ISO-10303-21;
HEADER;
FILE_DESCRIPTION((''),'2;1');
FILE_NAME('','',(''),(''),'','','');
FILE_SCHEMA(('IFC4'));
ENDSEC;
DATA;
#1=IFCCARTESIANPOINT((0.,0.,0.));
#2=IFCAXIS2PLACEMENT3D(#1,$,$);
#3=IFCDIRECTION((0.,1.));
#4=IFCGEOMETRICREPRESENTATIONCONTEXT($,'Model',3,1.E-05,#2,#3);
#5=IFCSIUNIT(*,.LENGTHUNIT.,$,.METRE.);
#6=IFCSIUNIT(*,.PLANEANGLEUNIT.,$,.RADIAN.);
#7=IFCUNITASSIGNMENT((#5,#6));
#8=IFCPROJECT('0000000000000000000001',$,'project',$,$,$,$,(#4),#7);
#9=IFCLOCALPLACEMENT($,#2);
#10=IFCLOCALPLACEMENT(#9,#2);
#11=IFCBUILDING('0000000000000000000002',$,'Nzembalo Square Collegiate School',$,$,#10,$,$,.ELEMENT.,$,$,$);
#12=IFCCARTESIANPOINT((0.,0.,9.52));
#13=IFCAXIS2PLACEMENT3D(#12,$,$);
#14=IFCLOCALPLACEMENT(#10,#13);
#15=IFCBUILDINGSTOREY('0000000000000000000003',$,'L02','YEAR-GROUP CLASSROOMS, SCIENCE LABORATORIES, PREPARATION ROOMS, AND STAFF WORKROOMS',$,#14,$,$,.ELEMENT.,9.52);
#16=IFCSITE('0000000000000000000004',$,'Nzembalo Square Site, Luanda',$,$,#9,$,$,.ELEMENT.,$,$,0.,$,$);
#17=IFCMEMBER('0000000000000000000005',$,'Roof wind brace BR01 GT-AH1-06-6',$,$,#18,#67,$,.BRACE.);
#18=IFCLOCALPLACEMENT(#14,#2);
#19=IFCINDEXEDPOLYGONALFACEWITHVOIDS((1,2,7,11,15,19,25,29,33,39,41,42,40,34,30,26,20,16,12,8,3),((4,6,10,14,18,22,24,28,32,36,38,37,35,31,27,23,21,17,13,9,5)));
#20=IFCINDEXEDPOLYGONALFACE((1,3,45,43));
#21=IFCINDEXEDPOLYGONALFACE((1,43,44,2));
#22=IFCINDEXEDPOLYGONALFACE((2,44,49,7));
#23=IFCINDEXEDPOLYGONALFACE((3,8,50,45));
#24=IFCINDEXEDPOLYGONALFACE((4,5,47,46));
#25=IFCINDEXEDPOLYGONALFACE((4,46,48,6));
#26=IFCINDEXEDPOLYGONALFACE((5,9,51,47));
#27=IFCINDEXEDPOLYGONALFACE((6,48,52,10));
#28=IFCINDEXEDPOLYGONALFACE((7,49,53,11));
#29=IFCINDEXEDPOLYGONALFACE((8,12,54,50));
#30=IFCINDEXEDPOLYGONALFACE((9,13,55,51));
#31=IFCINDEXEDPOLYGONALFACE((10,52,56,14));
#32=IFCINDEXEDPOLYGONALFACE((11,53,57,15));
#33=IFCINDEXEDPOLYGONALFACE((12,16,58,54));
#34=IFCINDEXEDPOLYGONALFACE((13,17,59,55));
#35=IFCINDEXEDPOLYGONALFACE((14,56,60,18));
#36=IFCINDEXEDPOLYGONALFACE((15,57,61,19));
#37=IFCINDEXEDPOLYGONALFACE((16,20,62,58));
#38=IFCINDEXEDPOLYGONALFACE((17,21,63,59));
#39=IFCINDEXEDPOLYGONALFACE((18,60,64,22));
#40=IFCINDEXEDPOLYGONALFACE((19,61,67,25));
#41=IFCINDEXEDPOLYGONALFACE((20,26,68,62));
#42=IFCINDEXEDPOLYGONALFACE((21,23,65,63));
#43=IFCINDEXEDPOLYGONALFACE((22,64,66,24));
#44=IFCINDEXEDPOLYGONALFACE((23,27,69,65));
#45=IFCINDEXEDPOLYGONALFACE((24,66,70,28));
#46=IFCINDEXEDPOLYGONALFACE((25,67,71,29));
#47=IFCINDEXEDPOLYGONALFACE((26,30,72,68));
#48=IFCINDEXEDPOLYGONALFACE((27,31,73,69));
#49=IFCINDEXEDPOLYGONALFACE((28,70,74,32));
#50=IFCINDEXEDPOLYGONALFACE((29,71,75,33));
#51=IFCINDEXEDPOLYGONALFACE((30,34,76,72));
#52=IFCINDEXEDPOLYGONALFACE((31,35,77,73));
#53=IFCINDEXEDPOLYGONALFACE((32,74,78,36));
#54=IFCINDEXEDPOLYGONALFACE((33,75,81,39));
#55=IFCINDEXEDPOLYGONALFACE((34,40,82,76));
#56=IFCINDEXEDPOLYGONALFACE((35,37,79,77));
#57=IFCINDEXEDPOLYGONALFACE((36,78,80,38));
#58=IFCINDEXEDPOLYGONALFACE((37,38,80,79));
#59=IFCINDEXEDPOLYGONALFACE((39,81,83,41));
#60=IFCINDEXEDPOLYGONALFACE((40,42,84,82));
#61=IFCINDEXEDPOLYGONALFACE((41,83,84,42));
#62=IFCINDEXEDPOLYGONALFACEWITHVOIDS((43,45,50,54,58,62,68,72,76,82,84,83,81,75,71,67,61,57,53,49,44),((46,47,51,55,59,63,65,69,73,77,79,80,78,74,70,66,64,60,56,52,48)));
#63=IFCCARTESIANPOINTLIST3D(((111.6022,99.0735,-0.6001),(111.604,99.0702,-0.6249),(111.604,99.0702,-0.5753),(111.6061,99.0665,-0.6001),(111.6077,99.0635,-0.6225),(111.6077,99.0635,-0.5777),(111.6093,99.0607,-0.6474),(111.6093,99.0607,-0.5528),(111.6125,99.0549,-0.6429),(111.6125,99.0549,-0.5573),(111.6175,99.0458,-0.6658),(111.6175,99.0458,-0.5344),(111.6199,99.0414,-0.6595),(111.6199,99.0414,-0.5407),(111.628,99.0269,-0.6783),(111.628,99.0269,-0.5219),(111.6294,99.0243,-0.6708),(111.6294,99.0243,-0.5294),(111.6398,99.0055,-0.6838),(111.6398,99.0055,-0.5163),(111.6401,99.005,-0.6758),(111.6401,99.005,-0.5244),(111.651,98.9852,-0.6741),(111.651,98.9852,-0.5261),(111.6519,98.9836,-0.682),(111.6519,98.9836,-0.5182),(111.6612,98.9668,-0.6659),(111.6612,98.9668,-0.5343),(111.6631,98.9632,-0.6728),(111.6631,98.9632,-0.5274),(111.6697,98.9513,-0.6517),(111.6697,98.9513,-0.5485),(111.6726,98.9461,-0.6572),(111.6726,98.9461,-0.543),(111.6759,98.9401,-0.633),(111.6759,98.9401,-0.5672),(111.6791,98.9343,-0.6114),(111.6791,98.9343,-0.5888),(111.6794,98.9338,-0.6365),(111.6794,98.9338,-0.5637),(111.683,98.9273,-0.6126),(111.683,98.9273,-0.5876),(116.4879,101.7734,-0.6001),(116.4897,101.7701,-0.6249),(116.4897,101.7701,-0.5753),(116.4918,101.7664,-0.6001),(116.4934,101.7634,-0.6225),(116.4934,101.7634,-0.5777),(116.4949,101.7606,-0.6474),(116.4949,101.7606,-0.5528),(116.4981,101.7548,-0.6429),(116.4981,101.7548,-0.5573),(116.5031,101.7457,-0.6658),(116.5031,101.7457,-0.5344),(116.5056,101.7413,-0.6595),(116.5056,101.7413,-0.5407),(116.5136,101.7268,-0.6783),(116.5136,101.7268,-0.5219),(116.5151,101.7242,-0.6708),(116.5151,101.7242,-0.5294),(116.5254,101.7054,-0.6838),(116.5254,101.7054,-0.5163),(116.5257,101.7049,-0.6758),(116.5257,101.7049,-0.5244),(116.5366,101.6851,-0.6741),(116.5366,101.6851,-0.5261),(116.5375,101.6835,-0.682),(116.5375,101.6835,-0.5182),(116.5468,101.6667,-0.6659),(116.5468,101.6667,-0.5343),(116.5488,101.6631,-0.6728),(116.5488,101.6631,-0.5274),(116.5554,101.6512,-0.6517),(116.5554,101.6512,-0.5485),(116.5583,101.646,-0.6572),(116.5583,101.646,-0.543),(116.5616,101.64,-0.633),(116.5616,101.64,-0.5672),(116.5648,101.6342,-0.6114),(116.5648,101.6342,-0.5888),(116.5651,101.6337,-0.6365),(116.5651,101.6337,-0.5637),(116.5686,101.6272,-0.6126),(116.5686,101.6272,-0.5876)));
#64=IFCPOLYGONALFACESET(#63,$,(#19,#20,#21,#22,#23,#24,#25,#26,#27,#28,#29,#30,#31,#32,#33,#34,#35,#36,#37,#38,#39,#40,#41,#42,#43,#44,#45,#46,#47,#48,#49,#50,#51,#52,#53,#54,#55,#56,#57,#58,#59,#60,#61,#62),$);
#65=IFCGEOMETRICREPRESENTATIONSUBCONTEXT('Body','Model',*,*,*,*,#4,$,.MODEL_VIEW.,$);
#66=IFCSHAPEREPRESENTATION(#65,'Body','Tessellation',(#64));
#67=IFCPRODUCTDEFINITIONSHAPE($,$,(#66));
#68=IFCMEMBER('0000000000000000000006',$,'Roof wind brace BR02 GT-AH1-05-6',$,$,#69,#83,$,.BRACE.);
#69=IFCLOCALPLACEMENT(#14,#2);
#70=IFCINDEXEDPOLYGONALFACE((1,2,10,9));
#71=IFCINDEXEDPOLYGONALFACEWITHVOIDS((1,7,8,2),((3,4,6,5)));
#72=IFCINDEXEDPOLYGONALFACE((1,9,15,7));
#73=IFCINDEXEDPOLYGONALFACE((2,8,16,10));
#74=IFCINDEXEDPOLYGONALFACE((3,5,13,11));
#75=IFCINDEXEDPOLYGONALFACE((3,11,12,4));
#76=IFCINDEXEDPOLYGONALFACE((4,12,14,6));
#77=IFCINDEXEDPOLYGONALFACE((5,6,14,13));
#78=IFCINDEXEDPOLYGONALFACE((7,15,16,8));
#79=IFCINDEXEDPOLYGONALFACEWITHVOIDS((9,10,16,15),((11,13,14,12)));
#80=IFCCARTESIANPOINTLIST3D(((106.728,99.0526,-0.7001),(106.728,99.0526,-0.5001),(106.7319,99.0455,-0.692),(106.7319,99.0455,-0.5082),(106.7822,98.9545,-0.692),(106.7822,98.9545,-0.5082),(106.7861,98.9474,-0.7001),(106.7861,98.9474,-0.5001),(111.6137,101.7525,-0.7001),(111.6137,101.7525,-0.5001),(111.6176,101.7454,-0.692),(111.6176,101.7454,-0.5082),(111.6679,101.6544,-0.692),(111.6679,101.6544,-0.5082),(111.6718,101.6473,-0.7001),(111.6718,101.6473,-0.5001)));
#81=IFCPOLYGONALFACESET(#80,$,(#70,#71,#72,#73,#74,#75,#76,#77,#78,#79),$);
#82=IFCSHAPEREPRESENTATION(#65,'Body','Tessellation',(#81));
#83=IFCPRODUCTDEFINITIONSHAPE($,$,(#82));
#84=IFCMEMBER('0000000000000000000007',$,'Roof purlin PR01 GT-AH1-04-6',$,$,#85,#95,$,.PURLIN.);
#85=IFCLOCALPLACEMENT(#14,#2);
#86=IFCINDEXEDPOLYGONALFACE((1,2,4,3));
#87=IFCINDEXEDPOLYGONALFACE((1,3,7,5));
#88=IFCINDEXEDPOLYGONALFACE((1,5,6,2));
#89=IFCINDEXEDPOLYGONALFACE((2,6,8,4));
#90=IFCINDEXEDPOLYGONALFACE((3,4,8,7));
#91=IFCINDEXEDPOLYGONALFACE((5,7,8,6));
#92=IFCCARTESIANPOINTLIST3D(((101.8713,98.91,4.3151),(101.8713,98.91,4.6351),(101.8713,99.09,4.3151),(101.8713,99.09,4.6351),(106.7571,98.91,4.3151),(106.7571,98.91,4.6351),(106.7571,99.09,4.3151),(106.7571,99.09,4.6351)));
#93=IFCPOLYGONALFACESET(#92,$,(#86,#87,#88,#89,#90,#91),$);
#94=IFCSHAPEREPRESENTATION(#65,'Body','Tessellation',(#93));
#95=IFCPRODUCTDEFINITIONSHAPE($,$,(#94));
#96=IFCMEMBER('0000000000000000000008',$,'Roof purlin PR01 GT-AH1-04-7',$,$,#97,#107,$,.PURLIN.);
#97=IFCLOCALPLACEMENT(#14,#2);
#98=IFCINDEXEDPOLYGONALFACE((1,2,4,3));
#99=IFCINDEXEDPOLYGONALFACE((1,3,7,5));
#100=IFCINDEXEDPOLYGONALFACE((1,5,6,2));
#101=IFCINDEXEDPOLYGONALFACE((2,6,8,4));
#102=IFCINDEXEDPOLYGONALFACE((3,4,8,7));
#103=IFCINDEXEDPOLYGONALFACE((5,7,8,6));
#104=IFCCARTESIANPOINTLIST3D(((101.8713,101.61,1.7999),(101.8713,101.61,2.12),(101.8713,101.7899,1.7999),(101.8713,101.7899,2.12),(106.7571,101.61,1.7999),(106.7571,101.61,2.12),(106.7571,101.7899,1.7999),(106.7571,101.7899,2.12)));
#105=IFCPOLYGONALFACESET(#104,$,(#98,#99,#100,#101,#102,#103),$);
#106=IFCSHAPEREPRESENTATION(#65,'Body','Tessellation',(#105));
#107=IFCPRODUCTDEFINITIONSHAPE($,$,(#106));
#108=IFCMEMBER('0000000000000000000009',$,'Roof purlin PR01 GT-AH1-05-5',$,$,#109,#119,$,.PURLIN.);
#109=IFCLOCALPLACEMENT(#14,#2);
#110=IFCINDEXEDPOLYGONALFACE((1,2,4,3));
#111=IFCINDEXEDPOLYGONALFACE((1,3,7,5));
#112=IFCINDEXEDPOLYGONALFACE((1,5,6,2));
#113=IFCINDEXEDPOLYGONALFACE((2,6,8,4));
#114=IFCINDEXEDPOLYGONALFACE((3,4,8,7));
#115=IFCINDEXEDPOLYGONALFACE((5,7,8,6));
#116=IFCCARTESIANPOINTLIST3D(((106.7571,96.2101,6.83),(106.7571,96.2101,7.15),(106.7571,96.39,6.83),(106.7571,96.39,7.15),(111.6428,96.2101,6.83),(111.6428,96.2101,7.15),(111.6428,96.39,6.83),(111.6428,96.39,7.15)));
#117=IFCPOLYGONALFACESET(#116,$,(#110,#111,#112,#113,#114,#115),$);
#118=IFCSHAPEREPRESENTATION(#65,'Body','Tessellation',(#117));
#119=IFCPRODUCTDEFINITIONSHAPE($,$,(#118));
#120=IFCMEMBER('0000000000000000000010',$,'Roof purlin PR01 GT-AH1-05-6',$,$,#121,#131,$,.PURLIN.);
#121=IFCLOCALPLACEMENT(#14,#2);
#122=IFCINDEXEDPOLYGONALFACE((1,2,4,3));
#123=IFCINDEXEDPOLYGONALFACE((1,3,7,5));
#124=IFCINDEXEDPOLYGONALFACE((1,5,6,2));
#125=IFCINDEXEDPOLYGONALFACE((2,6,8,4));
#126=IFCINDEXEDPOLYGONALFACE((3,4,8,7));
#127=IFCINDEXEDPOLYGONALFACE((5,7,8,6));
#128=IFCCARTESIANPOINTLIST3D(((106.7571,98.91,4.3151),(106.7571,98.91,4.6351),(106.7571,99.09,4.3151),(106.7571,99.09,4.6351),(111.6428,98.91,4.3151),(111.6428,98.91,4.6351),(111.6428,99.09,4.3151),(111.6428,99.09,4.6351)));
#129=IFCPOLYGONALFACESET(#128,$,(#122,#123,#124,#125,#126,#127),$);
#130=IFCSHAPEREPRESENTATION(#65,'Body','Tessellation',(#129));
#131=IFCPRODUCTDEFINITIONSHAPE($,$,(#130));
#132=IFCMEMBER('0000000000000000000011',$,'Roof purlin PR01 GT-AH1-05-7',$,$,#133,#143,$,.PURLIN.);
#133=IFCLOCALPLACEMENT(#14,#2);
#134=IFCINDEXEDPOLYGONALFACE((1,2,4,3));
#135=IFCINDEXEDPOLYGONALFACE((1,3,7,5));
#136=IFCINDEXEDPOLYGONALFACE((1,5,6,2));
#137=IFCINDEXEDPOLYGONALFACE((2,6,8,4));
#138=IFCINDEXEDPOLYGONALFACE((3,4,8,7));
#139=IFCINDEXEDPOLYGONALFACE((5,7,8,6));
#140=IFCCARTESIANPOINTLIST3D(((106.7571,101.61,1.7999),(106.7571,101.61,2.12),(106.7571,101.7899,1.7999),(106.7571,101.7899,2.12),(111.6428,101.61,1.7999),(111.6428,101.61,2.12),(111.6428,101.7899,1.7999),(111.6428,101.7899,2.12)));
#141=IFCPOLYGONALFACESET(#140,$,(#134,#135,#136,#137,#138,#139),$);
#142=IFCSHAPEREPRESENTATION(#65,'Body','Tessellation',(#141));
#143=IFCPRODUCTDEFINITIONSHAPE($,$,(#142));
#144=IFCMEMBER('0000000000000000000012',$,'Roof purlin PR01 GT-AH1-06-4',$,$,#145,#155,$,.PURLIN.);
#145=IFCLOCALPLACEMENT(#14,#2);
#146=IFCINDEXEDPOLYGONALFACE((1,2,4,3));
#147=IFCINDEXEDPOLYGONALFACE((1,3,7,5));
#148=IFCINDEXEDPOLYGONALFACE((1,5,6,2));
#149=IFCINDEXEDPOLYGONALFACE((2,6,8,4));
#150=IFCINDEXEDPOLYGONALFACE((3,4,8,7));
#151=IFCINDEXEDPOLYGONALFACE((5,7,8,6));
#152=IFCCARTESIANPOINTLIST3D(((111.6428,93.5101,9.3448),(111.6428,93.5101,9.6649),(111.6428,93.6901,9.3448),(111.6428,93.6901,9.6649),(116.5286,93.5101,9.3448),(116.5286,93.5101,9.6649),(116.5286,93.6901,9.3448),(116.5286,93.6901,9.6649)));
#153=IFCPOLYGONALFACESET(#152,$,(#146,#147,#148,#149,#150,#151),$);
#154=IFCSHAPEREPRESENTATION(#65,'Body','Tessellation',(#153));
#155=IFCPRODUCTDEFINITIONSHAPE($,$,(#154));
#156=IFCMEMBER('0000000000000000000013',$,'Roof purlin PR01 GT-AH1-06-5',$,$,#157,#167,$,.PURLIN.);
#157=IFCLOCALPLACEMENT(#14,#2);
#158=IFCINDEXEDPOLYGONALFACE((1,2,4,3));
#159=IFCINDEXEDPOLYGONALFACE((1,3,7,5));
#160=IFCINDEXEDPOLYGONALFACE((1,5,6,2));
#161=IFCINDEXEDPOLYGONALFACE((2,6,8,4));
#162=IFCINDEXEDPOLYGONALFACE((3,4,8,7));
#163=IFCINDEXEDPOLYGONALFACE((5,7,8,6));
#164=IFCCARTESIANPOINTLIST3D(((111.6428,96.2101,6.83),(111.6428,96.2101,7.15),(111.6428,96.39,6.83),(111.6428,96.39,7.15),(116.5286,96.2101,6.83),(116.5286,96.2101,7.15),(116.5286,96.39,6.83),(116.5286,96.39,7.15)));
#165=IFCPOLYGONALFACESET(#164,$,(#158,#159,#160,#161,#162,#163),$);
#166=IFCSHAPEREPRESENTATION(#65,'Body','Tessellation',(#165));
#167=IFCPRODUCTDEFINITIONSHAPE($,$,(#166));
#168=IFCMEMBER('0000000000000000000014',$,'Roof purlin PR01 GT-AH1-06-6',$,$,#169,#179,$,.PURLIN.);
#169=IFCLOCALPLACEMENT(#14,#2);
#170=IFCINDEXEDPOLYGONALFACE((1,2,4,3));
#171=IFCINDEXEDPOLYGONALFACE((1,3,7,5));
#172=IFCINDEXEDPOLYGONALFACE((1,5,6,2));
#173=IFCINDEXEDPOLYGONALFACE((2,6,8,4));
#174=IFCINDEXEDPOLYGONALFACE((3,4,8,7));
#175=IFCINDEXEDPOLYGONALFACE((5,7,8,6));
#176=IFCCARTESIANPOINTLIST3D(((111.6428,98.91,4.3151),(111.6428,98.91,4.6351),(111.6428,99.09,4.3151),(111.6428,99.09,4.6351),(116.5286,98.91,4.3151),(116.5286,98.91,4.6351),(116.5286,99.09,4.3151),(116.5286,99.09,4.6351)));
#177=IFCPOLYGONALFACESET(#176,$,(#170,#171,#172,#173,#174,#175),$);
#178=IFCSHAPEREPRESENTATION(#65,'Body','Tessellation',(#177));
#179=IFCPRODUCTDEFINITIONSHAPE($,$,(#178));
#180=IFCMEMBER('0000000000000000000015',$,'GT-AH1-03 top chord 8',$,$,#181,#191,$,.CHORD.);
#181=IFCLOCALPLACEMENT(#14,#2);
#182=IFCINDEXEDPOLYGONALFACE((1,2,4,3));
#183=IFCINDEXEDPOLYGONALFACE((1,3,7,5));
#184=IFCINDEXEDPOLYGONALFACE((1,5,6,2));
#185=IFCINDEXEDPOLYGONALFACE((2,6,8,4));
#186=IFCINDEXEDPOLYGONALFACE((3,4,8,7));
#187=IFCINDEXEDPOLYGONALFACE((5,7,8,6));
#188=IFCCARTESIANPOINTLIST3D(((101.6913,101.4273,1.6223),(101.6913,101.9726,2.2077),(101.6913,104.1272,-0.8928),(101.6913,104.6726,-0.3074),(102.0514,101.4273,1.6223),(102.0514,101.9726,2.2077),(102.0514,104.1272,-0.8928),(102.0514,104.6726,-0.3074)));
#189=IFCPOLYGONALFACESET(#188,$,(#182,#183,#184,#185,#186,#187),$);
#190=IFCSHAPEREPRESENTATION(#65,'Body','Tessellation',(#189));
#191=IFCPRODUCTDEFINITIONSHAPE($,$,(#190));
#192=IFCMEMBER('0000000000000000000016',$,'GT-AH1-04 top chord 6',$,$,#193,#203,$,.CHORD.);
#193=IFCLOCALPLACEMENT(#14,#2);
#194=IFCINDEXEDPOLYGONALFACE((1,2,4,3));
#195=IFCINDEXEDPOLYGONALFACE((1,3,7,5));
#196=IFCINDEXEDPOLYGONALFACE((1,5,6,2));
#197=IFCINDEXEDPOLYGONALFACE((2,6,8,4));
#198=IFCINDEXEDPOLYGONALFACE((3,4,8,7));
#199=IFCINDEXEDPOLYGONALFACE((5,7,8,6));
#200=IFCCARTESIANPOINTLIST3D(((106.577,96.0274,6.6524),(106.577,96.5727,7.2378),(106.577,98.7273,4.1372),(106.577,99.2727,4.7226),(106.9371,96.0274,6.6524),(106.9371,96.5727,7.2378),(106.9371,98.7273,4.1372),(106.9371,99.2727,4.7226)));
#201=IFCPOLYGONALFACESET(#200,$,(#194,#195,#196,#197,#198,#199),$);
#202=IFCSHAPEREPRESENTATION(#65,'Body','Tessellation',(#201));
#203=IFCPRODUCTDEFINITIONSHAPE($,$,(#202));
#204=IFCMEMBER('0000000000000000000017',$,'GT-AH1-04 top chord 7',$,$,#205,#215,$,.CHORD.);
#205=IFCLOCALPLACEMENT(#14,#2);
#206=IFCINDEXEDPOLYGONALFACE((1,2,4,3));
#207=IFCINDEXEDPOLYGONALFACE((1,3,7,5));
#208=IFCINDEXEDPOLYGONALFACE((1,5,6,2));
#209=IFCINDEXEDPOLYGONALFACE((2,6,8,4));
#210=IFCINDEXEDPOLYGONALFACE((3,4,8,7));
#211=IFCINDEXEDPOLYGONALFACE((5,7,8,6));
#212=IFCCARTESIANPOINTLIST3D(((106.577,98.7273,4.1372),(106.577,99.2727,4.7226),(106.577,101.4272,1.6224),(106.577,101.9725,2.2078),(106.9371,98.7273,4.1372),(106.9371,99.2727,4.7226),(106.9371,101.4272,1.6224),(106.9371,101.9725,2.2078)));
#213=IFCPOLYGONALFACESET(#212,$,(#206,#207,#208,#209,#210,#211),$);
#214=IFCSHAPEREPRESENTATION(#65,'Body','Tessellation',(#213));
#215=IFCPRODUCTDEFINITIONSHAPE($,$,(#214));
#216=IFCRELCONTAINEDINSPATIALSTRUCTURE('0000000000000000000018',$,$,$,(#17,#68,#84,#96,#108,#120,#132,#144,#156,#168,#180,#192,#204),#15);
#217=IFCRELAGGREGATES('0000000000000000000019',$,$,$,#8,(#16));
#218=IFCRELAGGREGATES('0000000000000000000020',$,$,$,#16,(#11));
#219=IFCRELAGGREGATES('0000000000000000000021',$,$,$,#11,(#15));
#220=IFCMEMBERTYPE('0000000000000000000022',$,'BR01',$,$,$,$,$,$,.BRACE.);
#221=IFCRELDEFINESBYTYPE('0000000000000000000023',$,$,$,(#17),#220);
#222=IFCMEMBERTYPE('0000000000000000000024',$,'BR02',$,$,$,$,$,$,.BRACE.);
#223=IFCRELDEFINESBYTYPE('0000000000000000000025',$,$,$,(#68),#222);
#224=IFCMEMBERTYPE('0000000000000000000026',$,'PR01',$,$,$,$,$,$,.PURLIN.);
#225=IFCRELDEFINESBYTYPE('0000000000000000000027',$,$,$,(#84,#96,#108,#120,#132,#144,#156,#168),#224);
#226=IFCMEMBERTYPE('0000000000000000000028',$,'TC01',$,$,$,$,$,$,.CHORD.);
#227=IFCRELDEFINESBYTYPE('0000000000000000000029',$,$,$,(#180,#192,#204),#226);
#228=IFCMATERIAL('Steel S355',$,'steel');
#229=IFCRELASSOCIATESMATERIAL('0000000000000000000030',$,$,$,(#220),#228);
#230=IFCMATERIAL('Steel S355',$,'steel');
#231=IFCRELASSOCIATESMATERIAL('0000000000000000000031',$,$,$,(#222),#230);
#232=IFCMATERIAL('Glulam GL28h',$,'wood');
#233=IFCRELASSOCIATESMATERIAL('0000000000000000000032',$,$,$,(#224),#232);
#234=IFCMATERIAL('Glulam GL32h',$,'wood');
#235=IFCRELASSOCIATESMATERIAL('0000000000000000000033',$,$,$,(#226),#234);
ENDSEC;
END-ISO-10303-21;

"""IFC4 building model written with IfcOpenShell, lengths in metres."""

from ifc_helpers import new_model, si_unit, direction, frame, origin, origin_2d, place, context, subcontext, project, spatial, rectangle, hollow_rectangle, hollow_circle, extrude, material, material_profile, profile_set, type_object, element, save


model = new_model("IFC4")

# Units and contexts
model_context = context("Model", 3, precision=1e-05, world=origin(), true_north=direction((0.0, 1.0)))
body_context = subcontext(model_context, "Body", "Model", "MODEL_VIEW")
ifc_project = project(units=[si_unit("LENGTHUNIT", "METRE"), si_unit("PLANEANGLEUNIT", "RADIAN")], contexts=[model_context])

# Site, building, storey
site_placement = place(None, origin())
site = spatial("IfcSite", under=ifc_project, at=site_placement, Name="Nzembalo Square Site, Luanda", CompositionType="ELEMENT", RefElevation=0.0)
building_placement = place(site_placement, origin())
building = spatial("IfcBuilding", under=site, at=building_placement, Name="Nzembalo Square Collegiate School", CompositionType="ELEMENT")
storey_placement = place(building_placement, frame((0.0, 0.0, 9.52)))
storey = spatial("IfcBuildingStorey", under=building, at=storey_placement, Name="L02", Description="YEAR-GROUP CLASSROOMS, SCIENCE LABORATORIES, PREPARATION ROOMS, AND STAFF WORKROOMS", CompositionType="ELEMENT", Elevation=9.52)

# Members
ifc_material_1 = material(Name="Steel S355", Category="steel")
ifc_material_profile_1 = material_profile(ifc_material_1, hollow_circle(Radius=0.084, WallThickness=0.0081, at=origin_2d()), Name="CHS 168x8")
ifc_profile_set_1 = profile_set([ifc_material_profile_1], Name="Steel S355")
member_type_1 = type_object("IfcMemberType", Name="BR01", PredefinedType="BRACE", material=ifc_profile_set_1)
member_1_placement = place(storey_placement, frame((111.6428, 99.0, -0.6001), z_axis=(0.875246, 0.483677, 0.0), x_axis=(-0.483677, 0.875246, 0.0)))
element("IfcMember", 1, at=member_1_placement, inside=storey, type_object=member_type_1, Name="Roof wind brace BR01 GT-AH1-06-6", PredefinedType="BRACE", context=body_context, shape_type="SweptSolid", body=[
    extrude(hollow_circle(Radius=0.084, WallThickness=0.0081, at=origin_2d()), origin(), (0.0, 0.0, 1.0), 5.582),
])
ifc_material_2 = material(Name="Steel S355", Category="steel")
ifc_material_profile_2 = material_profile(ifc_material_2, hollow_rectangle(XDim=0.1201, YDim=0.2, WallThickness=0.0081, at=origin_2d()), Name="RHS 200x120x8")
ifc_profile_set_2 = profile_set([ifc_material_profile_2], Name="Steel S355")
member_type_2 = type_object("IfcMemberType", Name="BR02", PredefinedType="BRACE", material=ifc_profile_set_2)
member_2_placement = place(storey_placement, frame((106.7571, 99.0, -0.6001), z_axis=(0.875246, 0.483677, 0.0), x_axis=(-0.483677, 0.875246, 0.0)))
element("IfcMember", 2, at=member_2_placement, inside=storey, type_object=member_type_2, Name="Roof wind brace BR02 GT-AH1-05-6", PredefinedType="BRACE", context=body_context, shape_type="SweptSolid", body=[
    extrude(hollow_rectangle(XDim=0.1201, YDim=0.2, WallThickness=0.0081, at=origin_2d()), origin(), (0.0, 0.0, 1.0), 5.582),
])
ifc_material_3 = material(Name="Glulam GL28h", Category="wood")
ifc_material_profile_3 = material_profile(ifc_material_3, rectangle(XDim=0.1799, YDim=0.3201, at=origin_2d()), Name="GL28h 180x320")
ifc_profile_set_3 = profile_set([ifc_material_profile_3], Name="Glulam GL28h")
member_type_3 = type_object("IfcMemberType", Name="PR01", PredefinedType="PURLIN", material=ifc_profile_set_3)
for number, where, z_axis, x_axis, name in (
    (3, (101.8713, 99.0, 4.4751), (1.0, 0.0, 0.0), (0.0, 1.0, 0.0), "Roof purlin PR01 GT-AH1-04-6"),
    (4, (101.8713, 101.7, 1.96), (1.0, 0.0, 0.0), (0.0, 1.0, 0.0), "Roof purlin PR01 GT-AH1-04-7"),
    (5, (106.7571, 96.3, 6.99), (1.0, 0.0, 0.0), (0.0, 1.0, 0.0), "Roof purlin PR01 GT-AH1-05-5"),
    (6, (106.7571, 99.0, 4.4751), (1.0, 0.0, 0.0), (0.0, 1.0, 0.0), "Roof purlin PR01 GT-AH1-05-6"),
    (7, (106.7571, 101.7, 1.96), (1.0, 0.0, 0.0), (0.0, 1.0, 0.0), "Roof purlin PR01 GT-AH1-05-7"),
    (8, (111.6428, 93.6001, 9.5049), (1.0, 0.0, 0.0), (0.0, 1.0, 0.0), "Roof purlin PR01 GT-AH1-06-4"),
    (9, (111.6428, 96.3, 6.99), (1.0, 0.0, 0.0), (0.0, 1.0, 0.0), "Roof purlin PR01 GT-AH1-06-5"),
    (10, (111.6428, 99.0, 4.4751), (1.0, 0.0, 0.0), (0.0, 1.0, 0.0), "Roof purlin PR01 GT-AH1-06-6"),
):
    element("IfcMember", number, at=place(storey_placement, frame(where, z_axis=z_axis, x_axis=x_axis)), inside=storey, type_object=member_type_3, Name=name, PredefinedType="PURLIN", context=body_context, shape_type="SweptSolid", body=[
        extrude(rectangle(XDim=0.1799, YDim=0.3201, at=origin_2d()), origin(), (0.0, 0.0, 1.0), 4.8857),
    ])
ifc_material_4 = material(Name="Glulam GL32h", Category="wood")
ifc_material_profile_4 = material_profile(ifc_material_4, rectangle(XDim=0.3601, YDim=0.8, at=origin_2d()), Name="GL32h 360x800")
ifc_profile_set_4 = profile_set([ifc_material_profile_4], Name="Glulam GL32h")
member_type_4 = type_object("IfcMemberType", Name="TC01", PredefinedType="CHORD", material=ifc_profile_set_4)
for number, where, z_axis, x_axis, name in (
    (11, (101.8713, 101.7, 1.915), (0.0, 0.731706, -0.68162), (-1.0, 0.0, 0.0), "GT-AH1-03 top chord 8"),
    (12, (106.7571, 96.3, 6.9451), (0.0, 0.731706, -0.68162), (-1.0, 0.0, 0.0), "GT-AH1-04 top chord 6"),
):
    element("IfcMember", number, at=place(storey_placement, frame(where, z_axis=z_axis, x_axis=x_axis)), inside=storey, type_object=member_type_4, Name=name, PredefinedType="CHORD", context=body_context, shape_type="SweptSolid", body=[
        extrude(rectangle(XDim=0.3601, YDim=0.8, at=origin_2d()), origin(), (0.0, 0.0, 1.0), 3.6899),
    ])
member_3_placement = place(storey_placement, frame((106.7571, 99.0, 4.4299), z_axis=(0.0, 0.731739, -0.681585), x_axis=(-1.0, 0.0, 0.0)))
element("IfcMember", 13, at=member_3_placement, inside=storey, type_object=member_type_4, Name="GT-AH1-04 top chord 7", PredefinedType="CHORD", context=body_context, shape_type="SweptSolid", body=[
    extrude(rectangle(XDim=0.3601, YDim=0.8, at=origin_2d()), origin(), (0.0, 0.0, 1.0), 3.6897),
])

save(model, "model.ifc")
